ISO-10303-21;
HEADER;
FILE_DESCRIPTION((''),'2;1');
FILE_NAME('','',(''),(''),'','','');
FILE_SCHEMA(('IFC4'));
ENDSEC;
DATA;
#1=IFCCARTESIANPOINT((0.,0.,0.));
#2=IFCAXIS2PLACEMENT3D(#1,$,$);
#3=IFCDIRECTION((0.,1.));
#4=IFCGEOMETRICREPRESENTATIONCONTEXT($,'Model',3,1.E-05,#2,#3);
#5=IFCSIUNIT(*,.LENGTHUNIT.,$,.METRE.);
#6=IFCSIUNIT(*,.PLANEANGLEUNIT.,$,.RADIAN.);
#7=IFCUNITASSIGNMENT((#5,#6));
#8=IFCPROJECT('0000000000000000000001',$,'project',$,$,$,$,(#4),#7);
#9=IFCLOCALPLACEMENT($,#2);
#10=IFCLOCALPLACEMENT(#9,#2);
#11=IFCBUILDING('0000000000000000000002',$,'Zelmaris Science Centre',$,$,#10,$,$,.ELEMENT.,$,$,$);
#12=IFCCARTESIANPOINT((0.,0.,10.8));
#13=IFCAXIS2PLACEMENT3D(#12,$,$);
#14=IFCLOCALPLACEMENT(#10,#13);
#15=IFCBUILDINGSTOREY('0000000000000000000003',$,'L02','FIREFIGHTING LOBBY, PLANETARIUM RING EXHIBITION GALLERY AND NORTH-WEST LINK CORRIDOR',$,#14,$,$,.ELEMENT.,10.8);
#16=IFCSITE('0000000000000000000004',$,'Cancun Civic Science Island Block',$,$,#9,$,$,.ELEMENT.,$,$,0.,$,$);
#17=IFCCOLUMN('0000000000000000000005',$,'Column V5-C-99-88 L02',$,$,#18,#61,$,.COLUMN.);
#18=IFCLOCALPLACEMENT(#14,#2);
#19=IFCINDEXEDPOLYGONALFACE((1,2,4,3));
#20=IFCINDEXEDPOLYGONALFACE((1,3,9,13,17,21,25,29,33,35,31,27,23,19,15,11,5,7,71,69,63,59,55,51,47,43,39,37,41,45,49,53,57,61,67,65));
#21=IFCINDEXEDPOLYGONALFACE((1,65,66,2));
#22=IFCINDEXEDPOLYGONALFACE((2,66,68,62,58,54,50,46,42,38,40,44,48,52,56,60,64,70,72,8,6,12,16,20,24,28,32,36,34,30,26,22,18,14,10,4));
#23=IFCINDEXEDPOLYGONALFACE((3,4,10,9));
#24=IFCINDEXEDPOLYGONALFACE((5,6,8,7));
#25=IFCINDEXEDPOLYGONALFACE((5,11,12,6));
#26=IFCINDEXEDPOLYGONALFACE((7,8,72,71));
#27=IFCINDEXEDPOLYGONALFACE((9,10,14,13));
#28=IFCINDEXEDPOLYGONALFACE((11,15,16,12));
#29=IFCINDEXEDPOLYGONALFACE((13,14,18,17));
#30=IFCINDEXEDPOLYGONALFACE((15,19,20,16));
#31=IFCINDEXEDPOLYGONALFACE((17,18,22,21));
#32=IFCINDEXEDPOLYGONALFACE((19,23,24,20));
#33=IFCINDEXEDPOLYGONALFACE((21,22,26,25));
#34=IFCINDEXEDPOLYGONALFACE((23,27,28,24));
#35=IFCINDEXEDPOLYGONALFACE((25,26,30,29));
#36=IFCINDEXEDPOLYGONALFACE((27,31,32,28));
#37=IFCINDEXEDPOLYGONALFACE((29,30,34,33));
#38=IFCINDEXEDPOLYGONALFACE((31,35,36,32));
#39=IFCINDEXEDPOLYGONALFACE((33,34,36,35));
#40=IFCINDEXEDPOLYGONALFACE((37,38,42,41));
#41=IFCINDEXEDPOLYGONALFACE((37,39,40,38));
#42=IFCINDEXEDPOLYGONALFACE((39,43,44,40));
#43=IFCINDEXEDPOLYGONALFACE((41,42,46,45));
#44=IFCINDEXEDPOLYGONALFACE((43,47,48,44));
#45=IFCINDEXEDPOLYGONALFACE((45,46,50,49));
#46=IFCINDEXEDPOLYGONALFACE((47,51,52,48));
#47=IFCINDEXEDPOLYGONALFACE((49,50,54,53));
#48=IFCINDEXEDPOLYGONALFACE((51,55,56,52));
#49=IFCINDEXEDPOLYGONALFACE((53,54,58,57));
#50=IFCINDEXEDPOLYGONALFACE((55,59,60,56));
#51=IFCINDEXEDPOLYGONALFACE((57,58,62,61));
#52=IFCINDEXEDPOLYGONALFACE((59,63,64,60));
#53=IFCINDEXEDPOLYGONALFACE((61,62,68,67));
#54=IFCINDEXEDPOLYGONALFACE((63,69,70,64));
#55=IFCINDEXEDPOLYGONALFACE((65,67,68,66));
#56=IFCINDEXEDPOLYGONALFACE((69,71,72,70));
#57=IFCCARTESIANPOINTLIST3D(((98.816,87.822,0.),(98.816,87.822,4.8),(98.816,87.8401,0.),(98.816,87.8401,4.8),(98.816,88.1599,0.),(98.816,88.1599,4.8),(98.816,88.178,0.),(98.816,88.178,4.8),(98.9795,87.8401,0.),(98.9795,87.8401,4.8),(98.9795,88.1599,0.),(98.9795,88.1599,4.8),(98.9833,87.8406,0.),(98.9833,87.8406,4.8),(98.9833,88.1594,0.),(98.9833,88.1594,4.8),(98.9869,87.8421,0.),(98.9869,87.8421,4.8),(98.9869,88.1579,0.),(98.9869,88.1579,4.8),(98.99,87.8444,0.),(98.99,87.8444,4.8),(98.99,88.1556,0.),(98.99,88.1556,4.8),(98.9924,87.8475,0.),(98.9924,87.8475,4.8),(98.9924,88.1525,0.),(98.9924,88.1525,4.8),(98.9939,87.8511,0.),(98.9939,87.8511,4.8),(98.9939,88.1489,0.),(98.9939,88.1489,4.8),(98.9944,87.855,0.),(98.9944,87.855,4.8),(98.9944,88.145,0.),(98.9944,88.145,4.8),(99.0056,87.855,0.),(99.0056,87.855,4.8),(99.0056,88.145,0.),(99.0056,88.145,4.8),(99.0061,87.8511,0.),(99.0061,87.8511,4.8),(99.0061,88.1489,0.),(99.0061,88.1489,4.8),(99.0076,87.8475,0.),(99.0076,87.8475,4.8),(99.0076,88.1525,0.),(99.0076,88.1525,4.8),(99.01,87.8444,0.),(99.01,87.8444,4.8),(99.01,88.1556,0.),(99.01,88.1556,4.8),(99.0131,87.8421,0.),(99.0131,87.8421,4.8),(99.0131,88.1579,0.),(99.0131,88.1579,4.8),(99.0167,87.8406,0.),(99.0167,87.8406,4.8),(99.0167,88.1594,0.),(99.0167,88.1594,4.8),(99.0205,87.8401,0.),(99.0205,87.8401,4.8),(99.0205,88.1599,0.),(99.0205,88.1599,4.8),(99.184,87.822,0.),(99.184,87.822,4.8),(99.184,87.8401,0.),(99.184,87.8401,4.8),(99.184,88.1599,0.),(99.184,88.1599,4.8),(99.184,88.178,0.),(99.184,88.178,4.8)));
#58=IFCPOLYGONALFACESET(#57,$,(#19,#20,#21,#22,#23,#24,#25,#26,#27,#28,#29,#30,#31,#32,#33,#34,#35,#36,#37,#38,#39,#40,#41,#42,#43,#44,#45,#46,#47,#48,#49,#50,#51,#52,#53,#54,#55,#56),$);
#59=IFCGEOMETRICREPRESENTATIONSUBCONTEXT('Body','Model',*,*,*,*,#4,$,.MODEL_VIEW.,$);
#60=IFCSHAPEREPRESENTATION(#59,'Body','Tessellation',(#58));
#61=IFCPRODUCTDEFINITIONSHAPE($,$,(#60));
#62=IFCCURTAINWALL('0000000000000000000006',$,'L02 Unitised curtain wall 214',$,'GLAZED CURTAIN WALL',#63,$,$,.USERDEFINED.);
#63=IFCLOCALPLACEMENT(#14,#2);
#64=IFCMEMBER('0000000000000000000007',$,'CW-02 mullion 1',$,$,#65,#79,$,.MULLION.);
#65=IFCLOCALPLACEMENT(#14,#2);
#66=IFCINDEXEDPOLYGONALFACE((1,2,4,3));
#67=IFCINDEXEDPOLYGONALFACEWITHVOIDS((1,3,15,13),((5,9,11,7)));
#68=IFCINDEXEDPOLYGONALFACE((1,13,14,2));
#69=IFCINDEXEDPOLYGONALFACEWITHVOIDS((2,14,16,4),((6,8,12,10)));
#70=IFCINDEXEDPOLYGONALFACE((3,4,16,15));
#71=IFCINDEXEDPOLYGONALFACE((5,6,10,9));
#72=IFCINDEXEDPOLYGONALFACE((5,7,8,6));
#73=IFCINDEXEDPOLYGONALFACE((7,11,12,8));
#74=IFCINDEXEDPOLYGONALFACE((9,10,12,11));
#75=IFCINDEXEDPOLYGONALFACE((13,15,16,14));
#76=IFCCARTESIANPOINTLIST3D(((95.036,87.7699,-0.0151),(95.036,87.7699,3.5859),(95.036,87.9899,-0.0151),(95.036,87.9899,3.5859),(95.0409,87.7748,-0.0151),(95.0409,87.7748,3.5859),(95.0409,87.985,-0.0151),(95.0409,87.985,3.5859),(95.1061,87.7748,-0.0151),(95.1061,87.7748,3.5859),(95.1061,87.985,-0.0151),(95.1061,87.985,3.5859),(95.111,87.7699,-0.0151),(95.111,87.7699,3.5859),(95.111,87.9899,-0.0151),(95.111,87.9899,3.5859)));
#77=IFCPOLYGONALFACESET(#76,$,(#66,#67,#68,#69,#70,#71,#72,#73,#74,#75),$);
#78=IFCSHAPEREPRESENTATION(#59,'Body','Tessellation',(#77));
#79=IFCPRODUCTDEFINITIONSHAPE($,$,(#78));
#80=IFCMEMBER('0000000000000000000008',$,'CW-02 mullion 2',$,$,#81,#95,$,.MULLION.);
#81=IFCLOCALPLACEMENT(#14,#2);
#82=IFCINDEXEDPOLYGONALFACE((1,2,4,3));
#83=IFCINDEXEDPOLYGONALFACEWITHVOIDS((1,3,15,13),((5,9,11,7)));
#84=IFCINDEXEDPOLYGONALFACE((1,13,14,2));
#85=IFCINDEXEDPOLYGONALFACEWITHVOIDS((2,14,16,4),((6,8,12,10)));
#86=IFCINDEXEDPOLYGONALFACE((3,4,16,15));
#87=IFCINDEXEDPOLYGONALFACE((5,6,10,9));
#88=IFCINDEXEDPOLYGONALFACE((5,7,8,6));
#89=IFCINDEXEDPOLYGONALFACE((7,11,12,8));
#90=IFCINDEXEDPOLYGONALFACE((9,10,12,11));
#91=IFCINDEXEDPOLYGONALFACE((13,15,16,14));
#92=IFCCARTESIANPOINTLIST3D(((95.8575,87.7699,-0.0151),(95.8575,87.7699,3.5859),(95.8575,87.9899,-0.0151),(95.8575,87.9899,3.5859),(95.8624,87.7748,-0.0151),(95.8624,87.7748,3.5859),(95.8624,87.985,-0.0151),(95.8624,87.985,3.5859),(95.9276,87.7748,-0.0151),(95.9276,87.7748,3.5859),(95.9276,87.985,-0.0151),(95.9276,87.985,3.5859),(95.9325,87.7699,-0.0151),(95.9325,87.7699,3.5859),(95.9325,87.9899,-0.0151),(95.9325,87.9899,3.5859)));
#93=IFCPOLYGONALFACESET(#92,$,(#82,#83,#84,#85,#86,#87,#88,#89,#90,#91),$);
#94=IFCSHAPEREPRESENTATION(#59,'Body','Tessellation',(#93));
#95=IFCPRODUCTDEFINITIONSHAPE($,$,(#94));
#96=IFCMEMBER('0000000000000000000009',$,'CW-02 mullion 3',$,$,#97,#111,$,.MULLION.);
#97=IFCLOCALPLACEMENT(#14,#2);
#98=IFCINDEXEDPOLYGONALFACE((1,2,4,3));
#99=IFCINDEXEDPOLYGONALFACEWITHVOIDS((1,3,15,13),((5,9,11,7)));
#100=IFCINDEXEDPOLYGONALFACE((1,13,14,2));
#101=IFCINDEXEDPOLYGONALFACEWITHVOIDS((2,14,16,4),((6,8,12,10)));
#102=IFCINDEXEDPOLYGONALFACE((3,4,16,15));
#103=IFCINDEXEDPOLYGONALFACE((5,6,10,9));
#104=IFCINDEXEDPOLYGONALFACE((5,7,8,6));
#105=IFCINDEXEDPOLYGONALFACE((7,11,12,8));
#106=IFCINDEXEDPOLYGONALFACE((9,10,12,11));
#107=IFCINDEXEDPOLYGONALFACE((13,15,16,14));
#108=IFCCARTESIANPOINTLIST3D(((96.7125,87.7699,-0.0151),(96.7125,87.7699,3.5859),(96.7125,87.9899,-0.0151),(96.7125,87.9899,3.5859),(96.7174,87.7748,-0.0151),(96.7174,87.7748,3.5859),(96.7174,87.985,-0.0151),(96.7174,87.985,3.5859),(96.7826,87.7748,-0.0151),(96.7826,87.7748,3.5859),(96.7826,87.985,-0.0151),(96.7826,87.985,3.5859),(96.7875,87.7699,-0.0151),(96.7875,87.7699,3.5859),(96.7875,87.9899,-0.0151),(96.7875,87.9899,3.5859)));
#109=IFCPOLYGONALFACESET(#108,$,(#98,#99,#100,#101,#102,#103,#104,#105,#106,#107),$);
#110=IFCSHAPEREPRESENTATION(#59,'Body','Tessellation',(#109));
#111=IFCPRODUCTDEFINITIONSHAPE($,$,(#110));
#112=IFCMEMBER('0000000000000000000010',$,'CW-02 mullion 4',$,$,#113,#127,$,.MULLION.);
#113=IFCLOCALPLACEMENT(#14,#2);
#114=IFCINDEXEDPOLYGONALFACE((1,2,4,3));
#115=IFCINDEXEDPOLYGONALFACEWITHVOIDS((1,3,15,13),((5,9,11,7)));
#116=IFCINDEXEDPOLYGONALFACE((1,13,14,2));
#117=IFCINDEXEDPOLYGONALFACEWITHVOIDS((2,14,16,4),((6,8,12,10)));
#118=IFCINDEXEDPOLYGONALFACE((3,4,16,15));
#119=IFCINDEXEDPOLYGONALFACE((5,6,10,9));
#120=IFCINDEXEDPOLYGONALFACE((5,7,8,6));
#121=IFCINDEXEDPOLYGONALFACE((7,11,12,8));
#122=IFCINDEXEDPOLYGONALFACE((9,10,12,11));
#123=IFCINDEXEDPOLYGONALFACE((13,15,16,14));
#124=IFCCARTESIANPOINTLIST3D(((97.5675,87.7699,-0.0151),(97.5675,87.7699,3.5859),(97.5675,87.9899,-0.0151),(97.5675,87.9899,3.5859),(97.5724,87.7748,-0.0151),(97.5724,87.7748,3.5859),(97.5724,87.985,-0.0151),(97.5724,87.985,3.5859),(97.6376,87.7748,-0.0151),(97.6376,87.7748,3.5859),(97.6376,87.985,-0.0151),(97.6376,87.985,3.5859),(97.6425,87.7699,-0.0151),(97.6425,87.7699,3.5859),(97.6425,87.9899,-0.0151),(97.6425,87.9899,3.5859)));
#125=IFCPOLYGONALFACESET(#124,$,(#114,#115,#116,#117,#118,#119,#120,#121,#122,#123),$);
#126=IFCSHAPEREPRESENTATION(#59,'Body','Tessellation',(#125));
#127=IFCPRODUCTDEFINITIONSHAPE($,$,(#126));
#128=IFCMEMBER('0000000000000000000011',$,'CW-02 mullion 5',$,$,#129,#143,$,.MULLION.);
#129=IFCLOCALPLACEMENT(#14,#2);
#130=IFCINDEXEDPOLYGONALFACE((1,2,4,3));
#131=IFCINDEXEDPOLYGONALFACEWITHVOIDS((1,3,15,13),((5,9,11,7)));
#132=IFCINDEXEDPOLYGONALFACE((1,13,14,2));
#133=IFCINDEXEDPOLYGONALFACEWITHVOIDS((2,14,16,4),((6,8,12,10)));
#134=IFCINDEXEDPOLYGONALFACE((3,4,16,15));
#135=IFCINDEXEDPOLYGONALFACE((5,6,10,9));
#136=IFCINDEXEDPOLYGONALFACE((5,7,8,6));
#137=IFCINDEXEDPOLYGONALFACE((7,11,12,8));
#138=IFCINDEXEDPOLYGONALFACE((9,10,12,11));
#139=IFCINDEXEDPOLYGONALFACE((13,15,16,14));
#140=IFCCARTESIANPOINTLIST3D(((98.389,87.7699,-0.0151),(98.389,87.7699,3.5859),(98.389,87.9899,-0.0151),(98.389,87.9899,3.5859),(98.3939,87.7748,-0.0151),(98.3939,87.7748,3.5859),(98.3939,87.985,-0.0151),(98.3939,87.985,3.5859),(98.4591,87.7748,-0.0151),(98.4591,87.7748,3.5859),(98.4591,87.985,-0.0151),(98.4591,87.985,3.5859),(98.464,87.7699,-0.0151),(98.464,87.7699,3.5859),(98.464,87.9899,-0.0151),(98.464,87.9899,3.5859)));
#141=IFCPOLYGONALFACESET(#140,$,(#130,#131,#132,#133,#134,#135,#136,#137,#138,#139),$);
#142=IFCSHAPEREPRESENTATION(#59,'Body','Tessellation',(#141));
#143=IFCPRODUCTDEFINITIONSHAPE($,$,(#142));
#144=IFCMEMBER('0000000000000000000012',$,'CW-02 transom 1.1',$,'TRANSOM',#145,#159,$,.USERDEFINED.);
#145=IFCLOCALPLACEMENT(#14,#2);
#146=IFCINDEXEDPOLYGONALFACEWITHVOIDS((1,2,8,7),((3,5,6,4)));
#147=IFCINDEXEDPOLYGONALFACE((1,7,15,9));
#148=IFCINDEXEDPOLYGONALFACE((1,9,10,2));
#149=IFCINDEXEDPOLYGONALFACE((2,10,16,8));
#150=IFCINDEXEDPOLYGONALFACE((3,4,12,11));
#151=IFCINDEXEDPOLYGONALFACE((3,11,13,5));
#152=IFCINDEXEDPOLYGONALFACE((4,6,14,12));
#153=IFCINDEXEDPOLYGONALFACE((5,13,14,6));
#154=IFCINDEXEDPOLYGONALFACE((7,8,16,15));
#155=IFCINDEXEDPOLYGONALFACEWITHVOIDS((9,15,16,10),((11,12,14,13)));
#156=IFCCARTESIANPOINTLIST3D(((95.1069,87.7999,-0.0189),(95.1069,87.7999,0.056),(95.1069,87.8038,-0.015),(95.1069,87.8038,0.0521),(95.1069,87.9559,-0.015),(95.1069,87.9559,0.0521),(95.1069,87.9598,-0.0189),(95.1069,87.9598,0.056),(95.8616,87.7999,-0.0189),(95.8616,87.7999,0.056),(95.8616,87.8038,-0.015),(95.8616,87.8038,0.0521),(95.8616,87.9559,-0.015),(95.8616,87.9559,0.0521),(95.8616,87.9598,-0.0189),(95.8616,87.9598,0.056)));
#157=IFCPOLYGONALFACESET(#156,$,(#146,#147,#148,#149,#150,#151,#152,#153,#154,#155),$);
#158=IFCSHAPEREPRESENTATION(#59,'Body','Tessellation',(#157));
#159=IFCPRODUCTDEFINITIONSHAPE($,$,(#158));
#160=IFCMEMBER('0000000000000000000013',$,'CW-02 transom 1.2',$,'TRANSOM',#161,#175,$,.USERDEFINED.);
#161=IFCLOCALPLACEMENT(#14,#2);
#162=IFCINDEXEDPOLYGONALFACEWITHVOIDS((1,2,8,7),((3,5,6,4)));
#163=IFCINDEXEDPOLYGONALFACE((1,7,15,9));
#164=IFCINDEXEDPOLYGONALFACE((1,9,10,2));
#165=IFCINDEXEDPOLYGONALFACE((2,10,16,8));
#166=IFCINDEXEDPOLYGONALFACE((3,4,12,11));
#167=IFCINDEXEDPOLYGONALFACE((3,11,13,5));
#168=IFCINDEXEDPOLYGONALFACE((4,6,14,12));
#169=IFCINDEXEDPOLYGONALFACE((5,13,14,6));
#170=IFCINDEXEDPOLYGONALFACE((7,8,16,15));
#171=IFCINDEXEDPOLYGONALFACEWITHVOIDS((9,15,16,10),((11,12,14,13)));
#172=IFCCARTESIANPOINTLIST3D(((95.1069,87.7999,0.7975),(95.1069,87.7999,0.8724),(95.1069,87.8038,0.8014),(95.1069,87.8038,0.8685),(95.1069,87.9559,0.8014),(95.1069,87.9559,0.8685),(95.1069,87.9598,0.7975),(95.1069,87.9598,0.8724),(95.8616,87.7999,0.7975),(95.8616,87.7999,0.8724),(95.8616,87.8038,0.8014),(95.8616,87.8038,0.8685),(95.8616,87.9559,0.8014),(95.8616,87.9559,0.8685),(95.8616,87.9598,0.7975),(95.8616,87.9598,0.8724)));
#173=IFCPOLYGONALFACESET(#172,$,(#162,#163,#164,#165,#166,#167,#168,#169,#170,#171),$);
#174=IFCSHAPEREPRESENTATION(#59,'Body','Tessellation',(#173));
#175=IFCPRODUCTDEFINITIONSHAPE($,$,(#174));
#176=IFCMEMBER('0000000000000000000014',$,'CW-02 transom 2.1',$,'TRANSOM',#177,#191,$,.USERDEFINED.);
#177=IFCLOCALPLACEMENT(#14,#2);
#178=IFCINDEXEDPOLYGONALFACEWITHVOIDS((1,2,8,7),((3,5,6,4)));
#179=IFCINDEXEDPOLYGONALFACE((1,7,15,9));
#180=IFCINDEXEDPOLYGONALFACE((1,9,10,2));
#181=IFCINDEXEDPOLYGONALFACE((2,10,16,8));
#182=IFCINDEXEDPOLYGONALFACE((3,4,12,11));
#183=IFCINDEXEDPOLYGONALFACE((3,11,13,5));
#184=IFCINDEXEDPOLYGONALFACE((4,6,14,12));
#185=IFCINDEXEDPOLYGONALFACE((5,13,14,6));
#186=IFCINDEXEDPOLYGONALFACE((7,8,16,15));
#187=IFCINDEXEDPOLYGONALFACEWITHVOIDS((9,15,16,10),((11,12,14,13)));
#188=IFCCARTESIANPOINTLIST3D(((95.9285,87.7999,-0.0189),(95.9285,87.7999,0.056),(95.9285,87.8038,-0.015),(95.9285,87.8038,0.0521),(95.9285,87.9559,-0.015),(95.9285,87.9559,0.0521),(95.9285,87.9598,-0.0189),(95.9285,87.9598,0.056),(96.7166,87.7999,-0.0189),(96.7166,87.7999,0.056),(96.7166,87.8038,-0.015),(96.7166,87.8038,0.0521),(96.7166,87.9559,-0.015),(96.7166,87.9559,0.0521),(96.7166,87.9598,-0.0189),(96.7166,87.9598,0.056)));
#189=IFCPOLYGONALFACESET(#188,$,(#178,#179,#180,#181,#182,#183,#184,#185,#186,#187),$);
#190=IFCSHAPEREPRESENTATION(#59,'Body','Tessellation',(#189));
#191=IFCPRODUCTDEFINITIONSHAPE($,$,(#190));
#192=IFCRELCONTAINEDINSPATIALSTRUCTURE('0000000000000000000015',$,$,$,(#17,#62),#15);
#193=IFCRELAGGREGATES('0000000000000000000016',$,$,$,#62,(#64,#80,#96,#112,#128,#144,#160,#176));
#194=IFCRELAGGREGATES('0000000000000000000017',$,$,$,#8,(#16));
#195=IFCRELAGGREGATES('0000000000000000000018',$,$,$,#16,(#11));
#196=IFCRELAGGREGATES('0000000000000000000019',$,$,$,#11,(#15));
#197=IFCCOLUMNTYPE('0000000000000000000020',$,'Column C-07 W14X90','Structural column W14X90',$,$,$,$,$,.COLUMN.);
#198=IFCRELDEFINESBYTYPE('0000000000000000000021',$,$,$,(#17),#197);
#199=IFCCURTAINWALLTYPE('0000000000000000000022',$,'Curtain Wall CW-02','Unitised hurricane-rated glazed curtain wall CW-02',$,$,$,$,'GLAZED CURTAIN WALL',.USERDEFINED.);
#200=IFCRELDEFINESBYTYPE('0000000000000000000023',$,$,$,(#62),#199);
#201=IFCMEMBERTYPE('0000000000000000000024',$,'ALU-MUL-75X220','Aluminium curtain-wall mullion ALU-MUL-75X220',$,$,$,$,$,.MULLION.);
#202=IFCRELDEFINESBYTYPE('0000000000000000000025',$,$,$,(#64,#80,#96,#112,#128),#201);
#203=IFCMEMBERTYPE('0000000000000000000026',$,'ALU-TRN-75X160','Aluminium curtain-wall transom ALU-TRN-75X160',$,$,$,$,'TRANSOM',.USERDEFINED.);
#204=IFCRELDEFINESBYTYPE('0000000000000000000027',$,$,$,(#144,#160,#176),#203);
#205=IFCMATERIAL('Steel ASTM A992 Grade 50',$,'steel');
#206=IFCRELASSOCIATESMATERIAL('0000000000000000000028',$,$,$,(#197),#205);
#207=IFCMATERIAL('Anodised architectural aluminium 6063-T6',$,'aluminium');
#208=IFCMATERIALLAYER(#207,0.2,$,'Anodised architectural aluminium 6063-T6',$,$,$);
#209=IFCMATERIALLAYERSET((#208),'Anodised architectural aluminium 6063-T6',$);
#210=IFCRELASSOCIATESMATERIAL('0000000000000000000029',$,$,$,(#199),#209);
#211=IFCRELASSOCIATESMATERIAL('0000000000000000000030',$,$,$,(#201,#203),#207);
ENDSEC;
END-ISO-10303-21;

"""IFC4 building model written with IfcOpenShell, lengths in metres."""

from ifc_helpers import new_model, si_unit, direction, frame, origin, origin_2d, place, context, subcontext, project, spatial, hollow_rectangle, i_section, extrude, material, layer, layer_set, material_profile, profile_set, type_object, element, aggregate, save


model = new_model("IFC4")

# Units and contexts
model_context = context("Model", 3, precision=1e-05, world=origin(), true_north=direction((0.0, 1.0)))
body_context = subcontext(model_context, "Body", "Model", "MODEL_VIEW")
ifc_project = project(units=[si_unit("LENGTHUNIT", "METRE"), si_unit("PLANEANGLEUNIT", "RADIAN")], contexts=[model_context])

# Site, building, storey
site_placement = place(None, origin())
site = spatial("IfcSite", under=ifc_project, at=site_placement, Name="Cancun Civic Science Island Block", CompositionType="ELEMENT", RefElevation=0.0)
building_placement = place(site_placement, origin())
building = spatial("IfcBuilding", under=site, at=building_placement, Name="Zelmaris Science Centre", CompositionType="ELEMENT")
storey_placement = place(building_placement, frame((0.0, 0.0, 10.8)))
storey = spatial("IfcBuildingStorey", under=building, at=storey_placement, Name="L02", Description="FIREFIGHTING LOBBY, PLANETARIUM RING EXHIBITION GALLERY AND NORTH-WEST LINK CORRIDOR", CompositionType="ELEMENT", Elevation=10.8)

# Column
ifc_material_1 = material(Name="Steel ASTM A992 Grade 50", Category="steel")
ifc_material_profile_1 = material_profile(ifc_material_1, i_section(OverallWidth=0.3679, OverallDepth=0.356, WebThickness=0.0112, FlangeThickness=0.0181, FilletRadius=0.0149, at=origin_2d()), Name="W14X90")
ifc_profile_set_1 = profile_set([ifc_material_profile_1], Name="Steel ASTM A992 Grade 50")
column_type = type_object("IfcColumnType", Name="Column C-07 W14X90", Description="Structural column W14X90", PredefinedType="COLUMN", material=ifc_profile_set_1)
column_placement = place(storey_placement, frame((99.0, 88.0, 0.0), z_axis=(0.0, 0.0, 1.0), x_axis=(1.0, 0.0, 0.0)))
element("IfcColumn", 1, at=column_placement, inside=storey, type_object=column_type, Name="Column V5-C-99-88 L02", PredefinedType="COLUMN", context=body_context, shape_type="SweptSolid", body=[
    extrude(i_section(OverallWidth=0.3679, OverallDepth=0.356, WebThickness=0.0112, FlangeThickness=0.0181, FilletRadius=0.0149, at=origin_2d()), origin(), (0.0, 0.0, 1.0), 4.8),
])

# Curtain wall, members
ifc_material_2 = material(Name="Anodised architectural aluminium 6063-T6", Category="aluminium")
ifc_layer_1 = layer(ifc_material_2, 0.2, Name="Anodised architectural aluminium 6063-T6")
ifc_layer_set_1 = layer_set([ifc_layer_1], Name="Anodised architectural aluminium 6063-T6")
curtain_wall_type = type_object("IfcCurtainWallType", Name="Curtain Wall CW-02", Description="Unitised hurricane-rated glazed curtain wall CW-02", ElementType="GLAZED CURTAIN WALL", PredefinedType="USERDEFINED", material=ifc_layer_set_1)
curtain_wall_placement = place(storey_placement, origin())
curtain_wall = element("IfcCurtainWall", 2, at=curtain_wall_placement, inside=storey, type_object=curtain_wall_type, Name="L02 Unitised curtain wall 214", ObjectType="GLAZED CURTAIN WALL", PredefinedType="USERDEFINED")
ifc_material_profile_2 = material_profile(ifc_material_2, hollow_rectangle(XDim=0.075, YDim=0.22, WallThickness=0.0049, at=origin_2d()), Name="ALU-MUL-75X220")
ifc_profile_set_2 = profile_set([ifc_material_profile_2], Name="Anodised architectural aluminium 6063-T6")
member_type_1 = type_object("IfcMemberType", Name="ALU-MUL-75X220", Description="Aluminium curtain-wall mullion ALU-MUL-75X220", PredefinedType="MULLION", material=ifc_profile_set_2)
member_1_placement = place(storey_placement, frame((95.0735, 87.8799, -0.0151), z_axis=(0.0, 0.0, 1.0), x_axis=(1.0, 0.0, 0.0)))
member_1 = element("IfcMember", 3, at=member_1_placement, type_object=member_type_1, Name="CW-02 mullion 1", PredefinedType="MULLION", context=body_context, shape_type="SweptSolid", body=[
    extrude(hollow_rectangle(XDim=0.075, YDim=0.22, WallThickness=0.0049, at=origin_2d()), origin(), (0.0, 0.0, 1.0), 3.6011),
])
member_2_placement = place(storey_placement, frame((95.895, 87.8799, -0.0151), z_axis=(0.0, 0.0, 1.0), x_axis=(1.0, 0.0, 0.0)))
member_2 = element("IfcMember", 4, at=member_2_placement, type_object=member_type_1, Name="CW-02 mullion 2", PredefinedType="MULLION", context=body_context, shape_type="SweptSolid", body=[
    extrude(hollow_rectangle(XDim=0.075, YDim=0.22, WallThickness=0.0049, at=origin_2d()), origin(), (0.0, 0.0, 1.0), 3.6011),
])
member_3_placement = place(storey_placement, frame((96.75, 87.8799, -0.0151), z_axis=(0.0, 0.0, 1.0), x_axis=(1.0, 0.0, 0.0)))
member_3 = element("IfcMember", 5, at=member_3_placement, type_object=member_type_1, Name="CW-02 mullion 3", PredefinedType="MULLION", context=body_context, shape_type="SweptSolid", body=[
    extrude(hollow_rectangle(XDim=0.075, YDim=0.22, WallThickness=0.0049, at=origin_2d()), origin(), (0.0, 0.0, 1.0), 3.6011),
])
member_4_placement = place(storey_placement, frame((97.605, 87.8799, -0.0151), z_axis=(0.0, 0.0, 1.0), x_axis=(1.0, 0.0, 0.0)))
member_4 = element("IfcMember", 6, at=member_4_placement, type_object=member_type_1, Name="CW-02 mullion 4", PredefinedType="MULLION", context=body_context, shape_type="SweptSolid", body=[
    extrude(hollow_rectangle(XDim=0.075, YDim=0.22, WallThickness=0.0049, at=origin_2d()), origin(), (0.0, 0.0, 1.0), 3.6011),
])
member_5_placement = place(storey_placement, frame((98.4265, 87.8799, -0.0151), z_axis=(0.0, 0.0, 1.0), x_axis=(1.0, 0.0, 0.0)))
member_5 = element("IfcMember", 7, at=member_5_placement, type_object=member_type_1, Name="CW-02 mullion 5", PredefinedType="MULLION", context=body_context, shape_type="SweptSolid", body=[
    extrude(hollow_rectangle(XDim=0.075, YDim=0.22, WallThickness=0.0049, at=origin_2d()), origin(), (0.0, 0.0, 1.0), 3.6011),
])
ifc_material_profile_3 = material_profile(ifc_material_2, hollow_rectangle(XDim=0.075, YDim=0.1599, WallThickness=0.0039, at=origin_2d()), Name="ALU-TRN-75X160")
ifc_profile_set_3 = profile_set([ifc_material_profile_3], Name="Anodised architectural aluminium 6063-T6")
member_type_2 = type_object("IfcMemberType", Name="ALU-TRN-75X160", Description="Aluminium curtain-wall transom ALU-TRN-75X160", ElementType="TRANSOM", PredefinedType="USERDEFINED", material=ifc_profile_set_3)
member_6_placement = place(storey_placement, frame((95.1069, 87.8799, 0.0186), z_axis=(1.0, 0.0, 0.0), x_axis=(0.0, 0.0, 1.0)))
member_6 = element("IfcMember", 8, at=member_6_placement, type_object=member_type_2, Name="CW-02 transom 1.1", ObjectType="TRANSOM", PredefinedType="USERDEFINED", context=body_context, shape_type="SweptSolid", body=[
    extrude(hollow_rectangle(XDim=0.075, YDim=0.1599, WallThickness=0.0039, at=origin_2d()), origin(), (0.0, 0.0, 1.0), 0.7546),
])
member_7_placement = place(storey_placement, frame((95.1069, 87.8799, 0.835), z_axis=(1.0, 0.0, 0.0), x_axis=(0.0, 0.0, 1.0)))
member_7 = element("IfcMember", 9, at=member_7_placement, type_object=member_type_2, Name="CW-02 transom 1.2", ObjectType="TRANSOM", PredefinedType="USERDEFINED", context=body_context, shape_type="SweptSolid", body=[
    extrude(hollow_rectangle(XDim=0.075, YDim=0.1599, WallThickness=0.0039, at=origin_2d()), origin(), (0.0, 0.0, 1.0), 0.7546),
])
member_8_placement = place(storey_placement, frame((95.9285, 87.8799, 0.0186), z_axis=(1.0, 0.0, 0.0), x_axis=(0.0, 0.0, 1.0)))
member_8 = element("IfcMember", 10, at=member_8_placement, type_object=member_type_2, Name="CW-02 transom 2.1", ObjectType="TRANSOM", PredefinedType="USERDEFINED", context=body_context, shape_type="SweptSolid", body=[
    extrude(hollow_rectangle(XDim=0.075, YDim=0.1599, WallThickness=0.0039, at=origin_2d()), origin(), (0.0, 0.0, 1.0), 0.7881),
])

aggregate(curtain_wall, [member_1, member_2, member_3, member_4, member_5, member_6, member_7, member_8])

save(model, "model.ifc")
